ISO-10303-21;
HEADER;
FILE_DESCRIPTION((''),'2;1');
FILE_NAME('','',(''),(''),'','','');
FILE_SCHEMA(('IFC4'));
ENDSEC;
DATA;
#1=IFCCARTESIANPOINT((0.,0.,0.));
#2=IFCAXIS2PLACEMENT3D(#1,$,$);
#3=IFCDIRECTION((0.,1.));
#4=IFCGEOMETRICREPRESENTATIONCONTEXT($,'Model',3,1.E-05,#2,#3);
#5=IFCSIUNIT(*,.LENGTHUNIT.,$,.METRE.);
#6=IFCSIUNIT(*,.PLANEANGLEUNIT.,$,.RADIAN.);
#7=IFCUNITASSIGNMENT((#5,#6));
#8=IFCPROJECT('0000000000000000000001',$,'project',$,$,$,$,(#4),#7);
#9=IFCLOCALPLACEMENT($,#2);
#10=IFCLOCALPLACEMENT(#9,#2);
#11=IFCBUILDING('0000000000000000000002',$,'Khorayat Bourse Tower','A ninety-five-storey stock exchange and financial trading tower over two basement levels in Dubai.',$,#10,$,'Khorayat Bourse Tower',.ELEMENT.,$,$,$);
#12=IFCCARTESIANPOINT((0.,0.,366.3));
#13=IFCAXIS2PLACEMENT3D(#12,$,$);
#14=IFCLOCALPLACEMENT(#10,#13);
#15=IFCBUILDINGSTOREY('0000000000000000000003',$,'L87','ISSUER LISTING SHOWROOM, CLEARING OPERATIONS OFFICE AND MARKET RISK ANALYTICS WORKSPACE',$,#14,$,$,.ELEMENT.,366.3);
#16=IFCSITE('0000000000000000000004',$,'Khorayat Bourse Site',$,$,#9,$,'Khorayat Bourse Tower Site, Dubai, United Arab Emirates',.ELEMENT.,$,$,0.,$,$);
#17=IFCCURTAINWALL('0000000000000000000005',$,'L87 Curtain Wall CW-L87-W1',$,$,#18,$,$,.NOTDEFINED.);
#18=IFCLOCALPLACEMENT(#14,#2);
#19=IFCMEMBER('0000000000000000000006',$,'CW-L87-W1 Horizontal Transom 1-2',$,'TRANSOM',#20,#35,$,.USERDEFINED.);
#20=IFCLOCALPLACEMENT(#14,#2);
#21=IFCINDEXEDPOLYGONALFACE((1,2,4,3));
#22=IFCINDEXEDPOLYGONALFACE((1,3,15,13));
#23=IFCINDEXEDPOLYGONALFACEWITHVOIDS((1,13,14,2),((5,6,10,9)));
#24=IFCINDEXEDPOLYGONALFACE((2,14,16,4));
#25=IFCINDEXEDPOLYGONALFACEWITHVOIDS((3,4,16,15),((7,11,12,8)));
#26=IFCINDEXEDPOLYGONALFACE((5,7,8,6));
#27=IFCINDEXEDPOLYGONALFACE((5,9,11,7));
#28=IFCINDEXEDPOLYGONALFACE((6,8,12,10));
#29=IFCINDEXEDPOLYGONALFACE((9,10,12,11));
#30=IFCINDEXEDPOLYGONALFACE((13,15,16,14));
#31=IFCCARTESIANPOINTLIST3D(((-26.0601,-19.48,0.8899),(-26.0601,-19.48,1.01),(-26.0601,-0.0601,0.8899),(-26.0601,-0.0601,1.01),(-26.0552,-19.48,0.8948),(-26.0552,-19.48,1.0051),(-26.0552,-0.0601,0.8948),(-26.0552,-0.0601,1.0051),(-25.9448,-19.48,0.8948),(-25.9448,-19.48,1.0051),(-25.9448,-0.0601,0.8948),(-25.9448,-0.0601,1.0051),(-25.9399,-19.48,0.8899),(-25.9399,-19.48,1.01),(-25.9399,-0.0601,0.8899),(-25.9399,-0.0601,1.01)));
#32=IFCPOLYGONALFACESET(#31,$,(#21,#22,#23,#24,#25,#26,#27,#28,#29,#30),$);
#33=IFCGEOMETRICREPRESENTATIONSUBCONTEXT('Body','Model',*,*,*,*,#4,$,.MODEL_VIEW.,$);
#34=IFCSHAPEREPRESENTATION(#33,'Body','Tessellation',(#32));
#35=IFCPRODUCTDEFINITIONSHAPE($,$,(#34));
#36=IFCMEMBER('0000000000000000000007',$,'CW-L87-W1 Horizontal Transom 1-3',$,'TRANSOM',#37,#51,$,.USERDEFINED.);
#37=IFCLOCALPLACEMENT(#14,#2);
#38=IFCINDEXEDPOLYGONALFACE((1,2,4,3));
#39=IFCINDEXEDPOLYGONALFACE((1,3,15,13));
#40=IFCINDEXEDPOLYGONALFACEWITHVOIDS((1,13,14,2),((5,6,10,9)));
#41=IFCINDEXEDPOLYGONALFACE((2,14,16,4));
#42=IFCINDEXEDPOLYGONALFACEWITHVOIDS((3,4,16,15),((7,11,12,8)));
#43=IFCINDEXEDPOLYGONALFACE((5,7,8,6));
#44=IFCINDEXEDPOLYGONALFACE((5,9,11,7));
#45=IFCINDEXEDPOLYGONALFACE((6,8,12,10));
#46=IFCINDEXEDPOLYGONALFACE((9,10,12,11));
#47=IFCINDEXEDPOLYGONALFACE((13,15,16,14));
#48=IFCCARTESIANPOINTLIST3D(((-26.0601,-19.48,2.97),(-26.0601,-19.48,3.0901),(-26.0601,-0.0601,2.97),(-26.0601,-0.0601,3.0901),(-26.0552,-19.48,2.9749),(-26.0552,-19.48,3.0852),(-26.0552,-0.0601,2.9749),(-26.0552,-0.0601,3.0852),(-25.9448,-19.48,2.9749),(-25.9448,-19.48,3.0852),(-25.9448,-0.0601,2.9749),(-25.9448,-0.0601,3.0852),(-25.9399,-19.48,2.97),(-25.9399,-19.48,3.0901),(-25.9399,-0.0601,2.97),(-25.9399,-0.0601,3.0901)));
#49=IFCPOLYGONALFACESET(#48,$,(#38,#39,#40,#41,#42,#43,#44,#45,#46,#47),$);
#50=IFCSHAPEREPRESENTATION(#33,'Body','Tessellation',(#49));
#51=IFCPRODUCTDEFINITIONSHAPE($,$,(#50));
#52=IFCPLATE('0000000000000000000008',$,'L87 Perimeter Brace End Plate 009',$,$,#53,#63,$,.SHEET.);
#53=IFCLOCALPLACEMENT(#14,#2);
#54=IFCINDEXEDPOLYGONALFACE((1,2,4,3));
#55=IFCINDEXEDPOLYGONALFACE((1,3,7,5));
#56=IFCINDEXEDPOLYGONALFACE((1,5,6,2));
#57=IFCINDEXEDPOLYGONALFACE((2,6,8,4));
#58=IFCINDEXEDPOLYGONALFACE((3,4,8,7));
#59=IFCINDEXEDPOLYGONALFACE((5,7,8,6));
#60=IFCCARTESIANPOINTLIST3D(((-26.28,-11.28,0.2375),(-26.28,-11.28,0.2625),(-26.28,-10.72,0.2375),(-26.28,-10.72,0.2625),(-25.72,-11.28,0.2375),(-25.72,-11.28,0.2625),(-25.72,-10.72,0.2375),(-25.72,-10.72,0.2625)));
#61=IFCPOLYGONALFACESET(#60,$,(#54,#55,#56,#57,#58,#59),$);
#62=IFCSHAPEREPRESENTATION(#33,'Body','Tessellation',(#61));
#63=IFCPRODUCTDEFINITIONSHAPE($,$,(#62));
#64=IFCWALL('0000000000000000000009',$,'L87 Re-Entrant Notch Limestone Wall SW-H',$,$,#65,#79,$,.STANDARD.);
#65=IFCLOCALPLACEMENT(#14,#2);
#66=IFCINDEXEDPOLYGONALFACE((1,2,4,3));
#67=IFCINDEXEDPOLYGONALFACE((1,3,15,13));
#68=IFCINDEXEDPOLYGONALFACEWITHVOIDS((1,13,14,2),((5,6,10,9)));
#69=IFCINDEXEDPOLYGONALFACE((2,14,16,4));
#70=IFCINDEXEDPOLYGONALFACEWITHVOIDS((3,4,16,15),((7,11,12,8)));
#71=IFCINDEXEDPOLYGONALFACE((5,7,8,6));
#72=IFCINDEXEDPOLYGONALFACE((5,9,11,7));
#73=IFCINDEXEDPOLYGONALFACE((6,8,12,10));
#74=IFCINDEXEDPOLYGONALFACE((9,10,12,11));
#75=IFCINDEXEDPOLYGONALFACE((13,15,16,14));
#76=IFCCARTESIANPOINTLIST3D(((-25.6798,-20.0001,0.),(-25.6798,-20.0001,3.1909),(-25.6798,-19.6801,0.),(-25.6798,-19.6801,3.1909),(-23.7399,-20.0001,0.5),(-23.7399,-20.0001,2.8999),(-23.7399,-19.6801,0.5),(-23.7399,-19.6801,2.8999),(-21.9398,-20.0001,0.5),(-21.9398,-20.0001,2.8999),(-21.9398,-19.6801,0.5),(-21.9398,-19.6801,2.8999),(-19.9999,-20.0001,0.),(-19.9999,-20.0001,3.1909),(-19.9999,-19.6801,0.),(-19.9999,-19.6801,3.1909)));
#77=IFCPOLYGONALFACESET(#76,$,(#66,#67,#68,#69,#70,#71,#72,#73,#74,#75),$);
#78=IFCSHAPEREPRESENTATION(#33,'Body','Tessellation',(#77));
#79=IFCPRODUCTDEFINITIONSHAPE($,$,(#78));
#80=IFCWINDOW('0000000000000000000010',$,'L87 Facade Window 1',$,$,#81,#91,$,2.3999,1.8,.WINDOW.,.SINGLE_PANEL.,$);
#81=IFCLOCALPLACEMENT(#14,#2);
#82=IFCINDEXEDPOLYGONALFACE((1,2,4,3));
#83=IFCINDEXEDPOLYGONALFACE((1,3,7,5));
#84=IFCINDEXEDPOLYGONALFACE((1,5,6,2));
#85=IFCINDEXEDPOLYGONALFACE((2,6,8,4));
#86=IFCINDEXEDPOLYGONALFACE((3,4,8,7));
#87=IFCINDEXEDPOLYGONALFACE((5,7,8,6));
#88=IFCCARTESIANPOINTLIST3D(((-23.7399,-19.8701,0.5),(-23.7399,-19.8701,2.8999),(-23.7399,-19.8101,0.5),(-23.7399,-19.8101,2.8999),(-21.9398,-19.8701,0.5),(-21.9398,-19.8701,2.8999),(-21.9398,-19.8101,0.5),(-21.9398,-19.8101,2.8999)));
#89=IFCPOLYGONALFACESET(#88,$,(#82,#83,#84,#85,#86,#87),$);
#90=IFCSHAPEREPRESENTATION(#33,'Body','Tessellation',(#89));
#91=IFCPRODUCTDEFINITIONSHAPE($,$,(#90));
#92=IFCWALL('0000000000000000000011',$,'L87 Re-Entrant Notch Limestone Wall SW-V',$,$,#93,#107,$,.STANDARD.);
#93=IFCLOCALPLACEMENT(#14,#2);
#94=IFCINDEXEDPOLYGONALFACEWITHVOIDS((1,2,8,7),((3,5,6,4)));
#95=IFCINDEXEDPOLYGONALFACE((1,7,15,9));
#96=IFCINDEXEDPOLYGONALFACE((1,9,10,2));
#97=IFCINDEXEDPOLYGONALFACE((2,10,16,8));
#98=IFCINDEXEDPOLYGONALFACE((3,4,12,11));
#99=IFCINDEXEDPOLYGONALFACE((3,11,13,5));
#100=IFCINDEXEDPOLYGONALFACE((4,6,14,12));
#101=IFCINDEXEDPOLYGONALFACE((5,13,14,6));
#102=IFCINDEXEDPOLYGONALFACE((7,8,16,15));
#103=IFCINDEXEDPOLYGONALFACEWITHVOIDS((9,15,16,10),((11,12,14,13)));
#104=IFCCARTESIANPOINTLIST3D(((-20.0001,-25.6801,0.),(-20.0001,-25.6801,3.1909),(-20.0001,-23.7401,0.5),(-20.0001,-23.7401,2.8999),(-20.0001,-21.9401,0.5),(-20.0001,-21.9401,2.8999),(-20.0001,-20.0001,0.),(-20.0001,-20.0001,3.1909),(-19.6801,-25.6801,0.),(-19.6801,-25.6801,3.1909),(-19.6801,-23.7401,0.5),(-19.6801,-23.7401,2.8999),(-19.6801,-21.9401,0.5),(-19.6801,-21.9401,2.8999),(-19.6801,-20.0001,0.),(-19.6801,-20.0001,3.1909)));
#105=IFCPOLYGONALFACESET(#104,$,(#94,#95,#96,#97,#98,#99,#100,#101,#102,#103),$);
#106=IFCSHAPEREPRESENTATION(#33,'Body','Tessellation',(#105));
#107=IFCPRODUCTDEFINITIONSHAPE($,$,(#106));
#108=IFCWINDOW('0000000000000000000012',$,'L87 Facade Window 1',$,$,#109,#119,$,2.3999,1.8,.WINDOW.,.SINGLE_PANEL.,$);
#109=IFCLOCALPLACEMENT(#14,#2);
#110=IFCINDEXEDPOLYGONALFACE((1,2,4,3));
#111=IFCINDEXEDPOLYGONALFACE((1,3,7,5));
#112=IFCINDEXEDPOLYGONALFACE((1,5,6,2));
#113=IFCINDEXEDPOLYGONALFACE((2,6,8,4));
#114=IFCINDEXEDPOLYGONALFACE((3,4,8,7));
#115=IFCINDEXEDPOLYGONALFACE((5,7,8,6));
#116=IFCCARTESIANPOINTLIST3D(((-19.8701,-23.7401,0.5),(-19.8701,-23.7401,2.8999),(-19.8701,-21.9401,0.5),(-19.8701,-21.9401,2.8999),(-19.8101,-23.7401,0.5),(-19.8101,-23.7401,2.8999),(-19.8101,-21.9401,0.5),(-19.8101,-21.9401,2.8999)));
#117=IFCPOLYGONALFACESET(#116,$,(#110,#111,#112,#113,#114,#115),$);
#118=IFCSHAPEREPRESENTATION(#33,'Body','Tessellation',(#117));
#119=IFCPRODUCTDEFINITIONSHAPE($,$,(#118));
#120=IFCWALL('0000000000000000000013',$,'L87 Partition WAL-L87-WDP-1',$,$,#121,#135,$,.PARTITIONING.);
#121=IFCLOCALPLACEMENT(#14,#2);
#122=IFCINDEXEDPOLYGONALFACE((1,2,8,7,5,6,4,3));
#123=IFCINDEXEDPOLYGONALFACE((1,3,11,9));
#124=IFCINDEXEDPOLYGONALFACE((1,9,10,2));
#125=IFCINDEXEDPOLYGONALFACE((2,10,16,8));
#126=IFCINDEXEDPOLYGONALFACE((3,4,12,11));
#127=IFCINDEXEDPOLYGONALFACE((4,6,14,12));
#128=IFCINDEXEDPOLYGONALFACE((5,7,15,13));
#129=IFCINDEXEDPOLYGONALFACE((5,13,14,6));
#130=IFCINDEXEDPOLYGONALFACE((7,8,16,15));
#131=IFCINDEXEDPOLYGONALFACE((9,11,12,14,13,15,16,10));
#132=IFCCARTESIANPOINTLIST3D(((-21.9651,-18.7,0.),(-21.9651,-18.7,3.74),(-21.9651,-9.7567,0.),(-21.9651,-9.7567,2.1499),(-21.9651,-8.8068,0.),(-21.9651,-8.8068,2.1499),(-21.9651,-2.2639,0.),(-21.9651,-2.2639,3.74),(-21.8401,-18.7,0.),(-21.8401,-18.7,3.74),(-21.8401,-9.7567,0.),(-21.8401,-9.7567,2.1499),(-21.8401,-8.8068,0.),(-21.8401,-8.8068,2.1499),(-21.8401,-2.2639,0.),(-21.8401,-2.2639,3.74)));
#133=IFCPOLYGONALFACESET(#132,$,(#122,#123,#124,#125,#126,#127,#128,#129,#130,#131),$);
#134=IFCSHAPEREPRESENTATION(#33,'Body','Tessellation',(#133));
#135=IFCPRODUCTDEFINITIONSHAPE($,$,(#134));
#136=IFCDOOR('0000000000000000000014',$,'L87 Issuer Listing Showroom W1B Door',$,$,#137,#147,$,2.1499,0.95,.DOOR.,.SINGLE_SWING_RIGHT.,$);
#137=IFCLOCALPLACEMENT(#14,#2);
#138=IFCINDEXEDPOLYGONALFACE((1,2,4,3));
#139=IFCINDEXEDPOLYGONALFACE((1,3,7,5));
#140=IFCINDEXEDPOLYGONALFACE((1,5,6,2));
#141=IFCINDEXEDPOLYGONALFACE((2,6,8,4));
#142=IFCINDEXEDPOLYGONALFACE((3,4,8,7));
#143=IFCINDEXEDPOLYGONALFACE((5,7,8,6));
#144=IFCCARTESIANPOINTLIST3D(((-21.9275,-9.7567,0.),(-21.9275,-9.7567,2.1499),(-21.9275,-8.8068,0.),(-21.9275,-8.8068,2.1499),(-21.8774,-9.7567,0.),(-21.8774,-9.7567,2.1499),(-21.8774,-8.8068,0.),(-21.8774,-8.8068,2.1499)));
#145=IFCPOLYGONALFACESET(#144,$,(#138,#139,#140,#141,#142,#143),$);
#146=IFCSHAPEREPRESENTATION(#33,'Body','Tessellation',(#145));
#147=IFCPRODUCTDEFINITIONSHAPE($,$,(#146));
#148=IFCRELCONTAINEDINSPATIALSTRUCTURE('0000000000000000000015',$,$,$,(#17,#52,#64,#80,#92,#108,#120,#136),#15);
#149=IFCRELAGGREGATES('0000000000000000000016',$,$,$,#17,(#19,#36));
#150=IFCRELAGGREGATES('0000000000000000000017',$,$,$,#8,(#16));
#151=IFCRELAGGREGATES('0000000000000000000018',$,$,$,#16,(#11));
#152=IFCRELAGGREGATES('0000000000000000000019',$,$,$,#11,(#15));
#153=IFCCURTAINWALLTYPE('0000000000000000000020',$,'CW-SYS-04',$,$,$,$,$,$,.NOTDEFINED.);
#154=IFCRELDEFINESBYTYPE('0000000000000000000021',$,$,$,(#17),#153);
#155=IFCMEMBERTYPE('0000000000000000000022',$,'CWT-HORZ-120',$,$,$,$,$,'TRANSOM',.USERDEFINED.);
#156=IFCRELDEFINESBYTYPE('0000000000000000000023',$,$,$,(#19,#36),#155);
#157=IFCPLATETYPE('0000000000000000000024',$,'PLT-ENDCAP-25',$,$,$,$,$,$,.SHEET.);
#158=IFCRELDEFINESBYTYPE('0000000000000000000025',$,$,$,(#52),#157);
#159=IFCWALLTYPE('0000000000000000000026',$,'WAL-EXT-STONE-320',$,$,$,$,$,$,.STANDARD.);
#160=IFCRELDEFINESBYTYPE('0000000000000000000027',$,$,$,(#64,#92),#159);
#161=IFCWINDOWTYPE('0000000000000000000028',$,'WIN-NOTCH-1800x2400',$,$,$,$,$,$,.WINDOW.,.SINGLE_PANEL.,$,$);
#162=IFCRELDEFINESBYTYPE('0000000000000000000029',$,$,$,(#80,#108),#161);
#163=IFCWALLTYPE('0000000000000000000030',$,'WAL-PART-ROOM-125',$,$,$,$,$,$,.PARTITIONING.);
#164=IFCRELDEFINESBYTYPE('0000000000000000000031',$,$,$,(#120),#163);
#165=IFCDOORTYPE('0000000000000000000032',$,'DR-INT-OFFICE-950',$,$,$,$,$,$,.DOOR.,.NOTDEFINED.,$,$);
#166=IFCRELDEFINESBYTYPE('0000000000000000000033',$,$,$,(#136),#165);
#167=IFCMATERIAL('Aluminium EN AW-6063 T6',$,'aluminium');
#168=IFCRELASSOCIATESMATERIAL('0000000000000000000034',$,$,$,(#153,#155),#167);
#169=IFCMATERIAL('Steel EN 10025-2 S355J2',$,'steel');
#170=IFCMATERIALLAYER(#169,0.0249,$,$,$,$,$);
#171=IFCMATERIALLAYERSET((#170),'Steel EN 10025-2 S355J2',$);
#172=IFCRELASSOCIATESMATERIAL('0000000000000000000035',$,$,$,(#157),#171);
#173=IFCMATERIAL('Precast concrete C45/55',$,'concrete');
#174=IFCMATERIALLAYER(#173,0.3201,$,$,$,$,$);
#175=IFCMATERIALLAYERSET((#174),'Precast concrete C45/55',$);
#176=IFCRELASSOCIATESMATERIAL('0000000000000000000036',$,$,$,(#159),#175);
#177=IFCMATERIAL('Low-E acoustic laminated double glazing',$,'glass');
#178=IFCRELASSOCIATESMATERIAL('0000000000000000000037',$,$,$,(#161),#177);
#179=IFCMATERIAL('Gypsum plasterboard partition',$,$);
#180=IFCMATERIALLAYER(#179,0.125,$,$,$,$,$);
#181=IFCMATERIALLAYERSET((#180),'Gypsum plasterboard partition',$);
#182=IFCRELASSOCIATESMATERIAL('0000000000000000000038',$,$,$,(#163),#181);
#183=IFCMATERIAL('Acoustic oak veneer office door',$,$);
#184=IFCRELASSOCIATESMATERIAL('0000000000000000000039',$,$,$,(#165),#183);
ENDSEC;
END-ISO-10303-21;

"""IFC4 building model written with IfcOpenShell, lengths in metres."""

from ifc_helpers import new_model, si_unit, direction, frame, frame_2d, origin, origin_2d, place, context, subcontext, project, spatial, rectangle, hollow_rectangle, extrude, source, transform, mapped, material, layer, layer_set, material_profile, profile_set, type_object, element, fill, aggregate, save


model = new_model("IFC4")

# Units and contexts
model_context = context("Model", 3, precision=1e-05, world=origin(), true_north=direction((0.0, 1.0)))
body_context = subcontext(model_context, "Body", "Model", "MODEL_VIEW")
ifc_project = project(units=[si_unit("LENGTHUNIT", "METRE"), si_unit("PLANEANGLEUNIT", "RADIAN")], contexts=[model_context])

# Site, building, storey
site_placement = place(None, origin())
site = spatial("IfcSite", under=ifc_project, at=site_placement, Name="Khorayat Bourse Site", LongName="Khorayat Bourse Tower Site, Dubai, United Arab Emirates", CompositionType="ELEMENT", RefElevation=0.0)
building_placement = place(site_placement, origin())
building = spatial("IfcBuilding", under=site, at=building_placement, Name="Khorayat Bourse Tower", Description="A ninety-five-storey stock exchange and financial trading tower over two basement levels in Dubai.", LongName="Khorayat Bourse Tower", CompositionType="ELEMENT")
storey_placement = place(building_placement, frame((0.0, 0.0, 366.3)))
storey = spatial("IfcBuildingStorey", under=building, at=storey_placement, Name="L87", Description="ISSUER LISTING SHOWROOM, CLEARING OPERATIONS OFFICE AND MARKET RISK ANALYTICS WORKSPACE", CompositionType="ELEMENT", Elevation=366.3)

# Shared definitions
ifc_material_1 = material(Name="Steel EN 10025-2 S355J2", Category="steel")

# Shared definitions
ifc_material_2 = material(Name="Aluminium EN AW-6063 T6", Category="aluminium")
curtain_wall_type = type_object("IfcCurtainWallType", Name="CW-SYS-04", PredefinedType="NOTDEFINED", material=ifc_material_2)

# Curtain wall, members
curtain_wall_1_placement = place(storey_placement, origin())
curtain_wall_1 = element("IfcCurtainWall", 1, at=curtain_wall_1_placement, inside=storey, type_object=curtain_wall_type, Name="L87 Curtain Wall CW-L87-W1", PredefinedType="NOTDEFINED")
ifc_material_profile_1 = material_profile(ifc_material_2, hollow_rectangle(XDim=0.1201, YDim=0.1201, WallThickness=0.0049, at=origin_2d()), Name="ALU 120x120x5")
ifc_profile_set_1 = profile_set([ifc_material_profile_1], Name="Aluminium EN AW-6063 T6")
member_type_1 = type_object("IfcMemberType", Name="CWT-HORZ-120", ElementType="TRANSOM", PredefinedType="USERDEFINED", material=ifc_profile_set_1)
shared_shape_1 = source(origin(), body_context, "Body", "SweptSolid", [
    extrude(hollow_rectangle(XDim=0.1201, YDim=0.1201, WallThickness=0.0049, at=origin_2d()), origin(), (0.0, 0.0, 1.0), 19.4199),
])
member_1_placement = place(storey_placement, frame((-26.0, -19.48, 0.95), z_axis=(0.0, 1.0, 0.0), x_axis=(-1.0, 0.0, 0.0)))
member_1 = element("IfcMember", 2, at=member_1_placement, type_object=member_type_1, Name="CW-L87-W1 Horizontal Transom 1-2", ObjectType="TRANSOM", PredefinedType="USERDEFINED", context=body_context, shape_type="MappedRepresentation", body=[
    mapped(shared_shape_1, transform((0.0, 0.0, 0.0), scale=1.0)),
])
member_2_placement = place(storey_placement, frame((-26.0, -19.48, 3.03), z_axis=(0.0, 1.0, 0.0), x_axis=(-1.0, 0.0, 0.0)))
member_2 = element("IfcMember", 3, at=member_2_placement, type_object=member_type_1, Name="CW-L87-W1 Horizontal Transom 1-3", ObjectType="TRANSOM", PredefinedType="USERDEFINED", context=body_context, shape_type="MappedRepresentation", body=[
    mapped(shared_shape_1, transform((0.0, 0.0, 0.0), scale=1.0)),
])
aggregate(curtain_wall_1, [member_1, member_2])

# Plate
ifc_layer_1 = layer(ifc_material_1, 0.0249)
ifc_layer_set_1 = layer_set([ifc_layer_1], Name="Steel EN 10025-2 S355J2")
plate_type = type_object("IfcPlateType", Name="PLT-ENDCAP-25", PredefinedType="SHEET", material=ifc_layer_set_1)
shared_shape_2 = source(origin(), body_context, "Body", "SweptSolid", [
    extrude(rectangle(XDim=0.5601, YDim=0.5601, at=origin_2d()), origin(), (0.0, 0.0, 1.0), 0.0249),
])
plate_placement = place(storey_placement, frame((-26.0, -11.0, 0.2375), z_axis=(0.0, 0.0, 1.0), x_axis=(1.0, 0.0, 0.0)))
element("IfcPlate", 4, at=plate_placement, inside=storey, type_object=plate_type, Name="L87 Perimeter Brace End Plate 009", PredefinedType="SHEET", context=body_context, shape_type="MappedRepresentation", body=[
    mapped(shared_shape_2, transform((0.0, 0.0, 0.0), scale=1.0)),
])

# Walls, openings, windows
ifc_material_3 = material(Name="Precast concrete C45/55", Category="concrete")
ifc_layer_2 = layer(ifc_material_3, 0.3201)
ifc_layer_set_2 = layer_set([ifc_layer_2], Name="Precast concrete C45/55")
wall_type_1 = type_object("IfcWallType", Name="WAL-EXT-STONE-320", PredefinedType="STANDARD", material=ifc_layer_set_2)
shared_shape_3 = source(origin(), body_context, "Body", "SweptSolid", [
    extrude(rectangle(XDim=5.6799, YDim=0.3201, at=frame_2d((2.8398, 0.0))), origin(), (0.0, 0.0, 1.0), 3.1909),
])
wall_1_placement = place(storey_placement, frame((-20.0, -19.8401, 0.0), z_axis=(0.0, 0.0, 1.0), x_axis=(-1.0, 0.0, 0.0)))
wall_1 = element("IfcWall", 5, at=wall_1_placement, inside=storey, type_object=wall_type_1, Name="L87 Re-Entrant Notch Limestone Wall SW-H", PredefinedType="STANDARD", context=body_context, shape_type="MappedRepresentation", body=[
    mapped(shared_shape_3, transform((0.0, 0.0, 0.0), scale=1.0)),
])
shared_shape_4 = source(origin(), body_context, "Body", "SweptSolid", [
    extrude(rectangle(XDim=1.8, YDim=2.3999, at=frame_2d((0.8999, 1.2))), frame((0.0, 0.1699, 0.0), z_axis=(0.0, -1.0, 0.0), x_axis=(1.0, 0.0, 0.0)), (0.0, 0.0, 1.0), 0.3401),
])
opening_1_placement = place(wall_1_placement, frame((1.9399, 0.0, 0.5)))
opening_1 = element("IfcOpeningElement", 6, at=opening_1_placement, cuts=wall_1, PredefinedType="OPENING", context=body_context, shape_type="MappedRepresentation", body=[
    mapped(shared_shape_4, transform((0.0, 0.0, 0.0), scale=1.0)),
])
ifc_material_4 = material(Name="Low-E acoustic laminated double glazing", Category="glass")
window_type = type_object("IfcWindowType", Name="WIN-NOTCH-1800x2400", PartitioningType="SINGLE_PANEL", PredefinedType="WINDOW", material=ifc_material_4)
shared_shape_5 = source(origin(), body_context, "Body", "SweptSolid", [
    extrude(rectangle(XDim=1.8, YDim=2.3999, at=frame_2d((0.8999, 1.2))), frame((0.0, 0.03, 0.0), z_axis=(0.0, -1.0, 0.0), x_axis=(1.0, 0.0, 0.0)), (0.0, 0.0, 1.0), 0.0601),
])
window_1_placement = place(opening_1_placement, origin())
window_1 = element("IfcWindow", 7, at=window_1_placement, inside=storey, type_object=window_type, Name="L87 Facade Window 1", OverallHeight=2.3999, OverallWidth=1.8, PartitioningType="SINGLE_PANEL", PredefinedType="WINDOW", context=body_context, shape_type="MappedRepresentation", body=[
    mapped(shared_shape_5, transform((0.0, 0.0, 0.0), scale=1.0)),
])
fill(opening_1, window_1)
wall_2_placement = place(storey_placement, frame((-19.8401, -25.6799, 0.0), z_axis=(0.0, 0.0, 1.0), x_axis=(0.0, 1.0, 0.0)))
wall_2 = element("IfcWall", 8, at=wall_2_placement, inside=storey, type_object=wall_type_1, Name="L87 Re-Entrant Notch Limestone Wall SW-V", PredefinedType="STANDARD", context=body_context, shape_type="MappedRepresentation", body=[
    mapped(shared_shape_3, transform((0.0, 0.0, 0.0), scale=1.0)),
])
opening_2_placement = place(wall_2_placement, frame((1.9399, 0.0, 0.5)))
opening_2 = element("IfcOpeningElement", 9, at=opening_2_placement, cuts=wall_2, PredefinedType="OPENING", context=body_context, shape_type="MappedRepresentation", body=[
    mapped(shared_shape_4, transform((0.0, 0.0, 0.0), scale=1.0)),
])
window_2_placement = place(opening_2_placement, origin())
window_2 = element("IfcWindow", 10, at=window_2_placement, inside=storey, type_object=window_type, Name="L87 Facade Window 1", OverallHeight=2.3999, OverallWidth=1.8, PartitioningType="SINGLE_PANEL", PredefinedType="WINDOW", context=body_context, shape_type="MappedRepresentation", body=[
    mapped(shared_shape_5, transform((0.0, 0.0, 0.0), scale=1.0)),
])
fill(opening_2, window_2)

# Wall, opening, door
ifc_material_5 = material(Name="Gypsum plasterboard partition")
ifc_layer_3 = layer(ifc_material_5, 0.125)
ifc_layer_set_3 = layer_set([ifc_layer_3], Name="Gypsum plasterboard partition")
wall_type_2 = type_object("IfcWallType", Name="WAL-PART-ROOM-125", PredefinedType="PARTITIONING", material=ifc_layer_set_3)
shared_shape_6 = source(origin(), body_context, "Body", "SweptSolid", [
    extrude(rectangle(XDim=16.436, YDim=0.125, at=frame_2d((8.218, 0.0))), origin(), (0.0, 0.0, 1.0), 3.74),
])
wall_3_placement = place(storey_placement, frame((-21.9026, -18.7, 0.0), z_axis=(0.0, 0.0, 1.0), x_axis=(0.0, 1.0, 0.0)))
wall_3 = element("IfcWall", 11, at=wall_3_placement, inside=storey, type_object=wall_type_2, Name="L87 Partition WAL-L87-WDP-1", PredefinedType="PARTITIONING", context=body_context, shape_type="MappedRepresentation", body=[
    mapped(shared_shape_6, transform((0.0, 0.0, 0.0), scale=1.0)),
])
shared_shape_7 = source(origin(), body_context, "Body", "SweptSolid", [
    extrude(rectangle(XDim=0.95, YDim=2.1499, at=frame_2d((0.4751, 1.075))), frame((0.0, 0.0725, 0.0), z_axis=(0.0, -1.0, 0.0), x_axis=(1.0, 0.0, 0.0)), (0.0, 0.0, 1.0), 0.145),
])
opening_3_placement = place(wall_3_placement, frame((8.9431, 0.0, 0.0)))
opening_3 = element("IfcOpeningElement", 12, at=opening_3_placement, cuts=wall_3, PredefinedType="OPENING", context=body_context, shape_type="MappedRepresentation", body=[
    mapped(shared_shape_7, transform((0.0, 0.0, 0.0), scale=1.0)),
])
ifc_material_6 = material(Name="Acoustic oak veneer office door")
door_type = type_object("IfcDoorType", Name="DR-INT-OFFICE-950", OperationType="NOTDEFINED", PredefinedType="DOOR", material=ifc_material_6)
shared_shape_8 = source(origin(), body_context, "Body", "SweptSolid", [
    extrude(rectangle(XDim=0.95, YDim=2.1499, at=frame_2d((0.4751, 1.075))), frame((0.0, 0.0249, 0.0), z_axis=(0.0, -1.0, 0.0), x_axis=(1.0, 0.0, 0.0)), (0.0, 0.0, 1.0), 0.05),
])
door_placement = place(opening_3_placement, origin())
door = element("IfcDoor", 13, at=door_placement, inside=storey, type_object=door_type, Name="L87 Issuer Listing Showroom W1B Door", OperationType="SINGLE_SWING_RIGHT", OverallHeight=2.1499, OverallWidth=0.95, PredefinedType="DOOR", context=body_context, shape_type="MappedRepresentation", body=[
    mapped(shared_shape_8, transform((0.0, 0.0, 0.0), scale=1.0)),
])
fill(opening_3, door)

save(model, "model.ifc")
